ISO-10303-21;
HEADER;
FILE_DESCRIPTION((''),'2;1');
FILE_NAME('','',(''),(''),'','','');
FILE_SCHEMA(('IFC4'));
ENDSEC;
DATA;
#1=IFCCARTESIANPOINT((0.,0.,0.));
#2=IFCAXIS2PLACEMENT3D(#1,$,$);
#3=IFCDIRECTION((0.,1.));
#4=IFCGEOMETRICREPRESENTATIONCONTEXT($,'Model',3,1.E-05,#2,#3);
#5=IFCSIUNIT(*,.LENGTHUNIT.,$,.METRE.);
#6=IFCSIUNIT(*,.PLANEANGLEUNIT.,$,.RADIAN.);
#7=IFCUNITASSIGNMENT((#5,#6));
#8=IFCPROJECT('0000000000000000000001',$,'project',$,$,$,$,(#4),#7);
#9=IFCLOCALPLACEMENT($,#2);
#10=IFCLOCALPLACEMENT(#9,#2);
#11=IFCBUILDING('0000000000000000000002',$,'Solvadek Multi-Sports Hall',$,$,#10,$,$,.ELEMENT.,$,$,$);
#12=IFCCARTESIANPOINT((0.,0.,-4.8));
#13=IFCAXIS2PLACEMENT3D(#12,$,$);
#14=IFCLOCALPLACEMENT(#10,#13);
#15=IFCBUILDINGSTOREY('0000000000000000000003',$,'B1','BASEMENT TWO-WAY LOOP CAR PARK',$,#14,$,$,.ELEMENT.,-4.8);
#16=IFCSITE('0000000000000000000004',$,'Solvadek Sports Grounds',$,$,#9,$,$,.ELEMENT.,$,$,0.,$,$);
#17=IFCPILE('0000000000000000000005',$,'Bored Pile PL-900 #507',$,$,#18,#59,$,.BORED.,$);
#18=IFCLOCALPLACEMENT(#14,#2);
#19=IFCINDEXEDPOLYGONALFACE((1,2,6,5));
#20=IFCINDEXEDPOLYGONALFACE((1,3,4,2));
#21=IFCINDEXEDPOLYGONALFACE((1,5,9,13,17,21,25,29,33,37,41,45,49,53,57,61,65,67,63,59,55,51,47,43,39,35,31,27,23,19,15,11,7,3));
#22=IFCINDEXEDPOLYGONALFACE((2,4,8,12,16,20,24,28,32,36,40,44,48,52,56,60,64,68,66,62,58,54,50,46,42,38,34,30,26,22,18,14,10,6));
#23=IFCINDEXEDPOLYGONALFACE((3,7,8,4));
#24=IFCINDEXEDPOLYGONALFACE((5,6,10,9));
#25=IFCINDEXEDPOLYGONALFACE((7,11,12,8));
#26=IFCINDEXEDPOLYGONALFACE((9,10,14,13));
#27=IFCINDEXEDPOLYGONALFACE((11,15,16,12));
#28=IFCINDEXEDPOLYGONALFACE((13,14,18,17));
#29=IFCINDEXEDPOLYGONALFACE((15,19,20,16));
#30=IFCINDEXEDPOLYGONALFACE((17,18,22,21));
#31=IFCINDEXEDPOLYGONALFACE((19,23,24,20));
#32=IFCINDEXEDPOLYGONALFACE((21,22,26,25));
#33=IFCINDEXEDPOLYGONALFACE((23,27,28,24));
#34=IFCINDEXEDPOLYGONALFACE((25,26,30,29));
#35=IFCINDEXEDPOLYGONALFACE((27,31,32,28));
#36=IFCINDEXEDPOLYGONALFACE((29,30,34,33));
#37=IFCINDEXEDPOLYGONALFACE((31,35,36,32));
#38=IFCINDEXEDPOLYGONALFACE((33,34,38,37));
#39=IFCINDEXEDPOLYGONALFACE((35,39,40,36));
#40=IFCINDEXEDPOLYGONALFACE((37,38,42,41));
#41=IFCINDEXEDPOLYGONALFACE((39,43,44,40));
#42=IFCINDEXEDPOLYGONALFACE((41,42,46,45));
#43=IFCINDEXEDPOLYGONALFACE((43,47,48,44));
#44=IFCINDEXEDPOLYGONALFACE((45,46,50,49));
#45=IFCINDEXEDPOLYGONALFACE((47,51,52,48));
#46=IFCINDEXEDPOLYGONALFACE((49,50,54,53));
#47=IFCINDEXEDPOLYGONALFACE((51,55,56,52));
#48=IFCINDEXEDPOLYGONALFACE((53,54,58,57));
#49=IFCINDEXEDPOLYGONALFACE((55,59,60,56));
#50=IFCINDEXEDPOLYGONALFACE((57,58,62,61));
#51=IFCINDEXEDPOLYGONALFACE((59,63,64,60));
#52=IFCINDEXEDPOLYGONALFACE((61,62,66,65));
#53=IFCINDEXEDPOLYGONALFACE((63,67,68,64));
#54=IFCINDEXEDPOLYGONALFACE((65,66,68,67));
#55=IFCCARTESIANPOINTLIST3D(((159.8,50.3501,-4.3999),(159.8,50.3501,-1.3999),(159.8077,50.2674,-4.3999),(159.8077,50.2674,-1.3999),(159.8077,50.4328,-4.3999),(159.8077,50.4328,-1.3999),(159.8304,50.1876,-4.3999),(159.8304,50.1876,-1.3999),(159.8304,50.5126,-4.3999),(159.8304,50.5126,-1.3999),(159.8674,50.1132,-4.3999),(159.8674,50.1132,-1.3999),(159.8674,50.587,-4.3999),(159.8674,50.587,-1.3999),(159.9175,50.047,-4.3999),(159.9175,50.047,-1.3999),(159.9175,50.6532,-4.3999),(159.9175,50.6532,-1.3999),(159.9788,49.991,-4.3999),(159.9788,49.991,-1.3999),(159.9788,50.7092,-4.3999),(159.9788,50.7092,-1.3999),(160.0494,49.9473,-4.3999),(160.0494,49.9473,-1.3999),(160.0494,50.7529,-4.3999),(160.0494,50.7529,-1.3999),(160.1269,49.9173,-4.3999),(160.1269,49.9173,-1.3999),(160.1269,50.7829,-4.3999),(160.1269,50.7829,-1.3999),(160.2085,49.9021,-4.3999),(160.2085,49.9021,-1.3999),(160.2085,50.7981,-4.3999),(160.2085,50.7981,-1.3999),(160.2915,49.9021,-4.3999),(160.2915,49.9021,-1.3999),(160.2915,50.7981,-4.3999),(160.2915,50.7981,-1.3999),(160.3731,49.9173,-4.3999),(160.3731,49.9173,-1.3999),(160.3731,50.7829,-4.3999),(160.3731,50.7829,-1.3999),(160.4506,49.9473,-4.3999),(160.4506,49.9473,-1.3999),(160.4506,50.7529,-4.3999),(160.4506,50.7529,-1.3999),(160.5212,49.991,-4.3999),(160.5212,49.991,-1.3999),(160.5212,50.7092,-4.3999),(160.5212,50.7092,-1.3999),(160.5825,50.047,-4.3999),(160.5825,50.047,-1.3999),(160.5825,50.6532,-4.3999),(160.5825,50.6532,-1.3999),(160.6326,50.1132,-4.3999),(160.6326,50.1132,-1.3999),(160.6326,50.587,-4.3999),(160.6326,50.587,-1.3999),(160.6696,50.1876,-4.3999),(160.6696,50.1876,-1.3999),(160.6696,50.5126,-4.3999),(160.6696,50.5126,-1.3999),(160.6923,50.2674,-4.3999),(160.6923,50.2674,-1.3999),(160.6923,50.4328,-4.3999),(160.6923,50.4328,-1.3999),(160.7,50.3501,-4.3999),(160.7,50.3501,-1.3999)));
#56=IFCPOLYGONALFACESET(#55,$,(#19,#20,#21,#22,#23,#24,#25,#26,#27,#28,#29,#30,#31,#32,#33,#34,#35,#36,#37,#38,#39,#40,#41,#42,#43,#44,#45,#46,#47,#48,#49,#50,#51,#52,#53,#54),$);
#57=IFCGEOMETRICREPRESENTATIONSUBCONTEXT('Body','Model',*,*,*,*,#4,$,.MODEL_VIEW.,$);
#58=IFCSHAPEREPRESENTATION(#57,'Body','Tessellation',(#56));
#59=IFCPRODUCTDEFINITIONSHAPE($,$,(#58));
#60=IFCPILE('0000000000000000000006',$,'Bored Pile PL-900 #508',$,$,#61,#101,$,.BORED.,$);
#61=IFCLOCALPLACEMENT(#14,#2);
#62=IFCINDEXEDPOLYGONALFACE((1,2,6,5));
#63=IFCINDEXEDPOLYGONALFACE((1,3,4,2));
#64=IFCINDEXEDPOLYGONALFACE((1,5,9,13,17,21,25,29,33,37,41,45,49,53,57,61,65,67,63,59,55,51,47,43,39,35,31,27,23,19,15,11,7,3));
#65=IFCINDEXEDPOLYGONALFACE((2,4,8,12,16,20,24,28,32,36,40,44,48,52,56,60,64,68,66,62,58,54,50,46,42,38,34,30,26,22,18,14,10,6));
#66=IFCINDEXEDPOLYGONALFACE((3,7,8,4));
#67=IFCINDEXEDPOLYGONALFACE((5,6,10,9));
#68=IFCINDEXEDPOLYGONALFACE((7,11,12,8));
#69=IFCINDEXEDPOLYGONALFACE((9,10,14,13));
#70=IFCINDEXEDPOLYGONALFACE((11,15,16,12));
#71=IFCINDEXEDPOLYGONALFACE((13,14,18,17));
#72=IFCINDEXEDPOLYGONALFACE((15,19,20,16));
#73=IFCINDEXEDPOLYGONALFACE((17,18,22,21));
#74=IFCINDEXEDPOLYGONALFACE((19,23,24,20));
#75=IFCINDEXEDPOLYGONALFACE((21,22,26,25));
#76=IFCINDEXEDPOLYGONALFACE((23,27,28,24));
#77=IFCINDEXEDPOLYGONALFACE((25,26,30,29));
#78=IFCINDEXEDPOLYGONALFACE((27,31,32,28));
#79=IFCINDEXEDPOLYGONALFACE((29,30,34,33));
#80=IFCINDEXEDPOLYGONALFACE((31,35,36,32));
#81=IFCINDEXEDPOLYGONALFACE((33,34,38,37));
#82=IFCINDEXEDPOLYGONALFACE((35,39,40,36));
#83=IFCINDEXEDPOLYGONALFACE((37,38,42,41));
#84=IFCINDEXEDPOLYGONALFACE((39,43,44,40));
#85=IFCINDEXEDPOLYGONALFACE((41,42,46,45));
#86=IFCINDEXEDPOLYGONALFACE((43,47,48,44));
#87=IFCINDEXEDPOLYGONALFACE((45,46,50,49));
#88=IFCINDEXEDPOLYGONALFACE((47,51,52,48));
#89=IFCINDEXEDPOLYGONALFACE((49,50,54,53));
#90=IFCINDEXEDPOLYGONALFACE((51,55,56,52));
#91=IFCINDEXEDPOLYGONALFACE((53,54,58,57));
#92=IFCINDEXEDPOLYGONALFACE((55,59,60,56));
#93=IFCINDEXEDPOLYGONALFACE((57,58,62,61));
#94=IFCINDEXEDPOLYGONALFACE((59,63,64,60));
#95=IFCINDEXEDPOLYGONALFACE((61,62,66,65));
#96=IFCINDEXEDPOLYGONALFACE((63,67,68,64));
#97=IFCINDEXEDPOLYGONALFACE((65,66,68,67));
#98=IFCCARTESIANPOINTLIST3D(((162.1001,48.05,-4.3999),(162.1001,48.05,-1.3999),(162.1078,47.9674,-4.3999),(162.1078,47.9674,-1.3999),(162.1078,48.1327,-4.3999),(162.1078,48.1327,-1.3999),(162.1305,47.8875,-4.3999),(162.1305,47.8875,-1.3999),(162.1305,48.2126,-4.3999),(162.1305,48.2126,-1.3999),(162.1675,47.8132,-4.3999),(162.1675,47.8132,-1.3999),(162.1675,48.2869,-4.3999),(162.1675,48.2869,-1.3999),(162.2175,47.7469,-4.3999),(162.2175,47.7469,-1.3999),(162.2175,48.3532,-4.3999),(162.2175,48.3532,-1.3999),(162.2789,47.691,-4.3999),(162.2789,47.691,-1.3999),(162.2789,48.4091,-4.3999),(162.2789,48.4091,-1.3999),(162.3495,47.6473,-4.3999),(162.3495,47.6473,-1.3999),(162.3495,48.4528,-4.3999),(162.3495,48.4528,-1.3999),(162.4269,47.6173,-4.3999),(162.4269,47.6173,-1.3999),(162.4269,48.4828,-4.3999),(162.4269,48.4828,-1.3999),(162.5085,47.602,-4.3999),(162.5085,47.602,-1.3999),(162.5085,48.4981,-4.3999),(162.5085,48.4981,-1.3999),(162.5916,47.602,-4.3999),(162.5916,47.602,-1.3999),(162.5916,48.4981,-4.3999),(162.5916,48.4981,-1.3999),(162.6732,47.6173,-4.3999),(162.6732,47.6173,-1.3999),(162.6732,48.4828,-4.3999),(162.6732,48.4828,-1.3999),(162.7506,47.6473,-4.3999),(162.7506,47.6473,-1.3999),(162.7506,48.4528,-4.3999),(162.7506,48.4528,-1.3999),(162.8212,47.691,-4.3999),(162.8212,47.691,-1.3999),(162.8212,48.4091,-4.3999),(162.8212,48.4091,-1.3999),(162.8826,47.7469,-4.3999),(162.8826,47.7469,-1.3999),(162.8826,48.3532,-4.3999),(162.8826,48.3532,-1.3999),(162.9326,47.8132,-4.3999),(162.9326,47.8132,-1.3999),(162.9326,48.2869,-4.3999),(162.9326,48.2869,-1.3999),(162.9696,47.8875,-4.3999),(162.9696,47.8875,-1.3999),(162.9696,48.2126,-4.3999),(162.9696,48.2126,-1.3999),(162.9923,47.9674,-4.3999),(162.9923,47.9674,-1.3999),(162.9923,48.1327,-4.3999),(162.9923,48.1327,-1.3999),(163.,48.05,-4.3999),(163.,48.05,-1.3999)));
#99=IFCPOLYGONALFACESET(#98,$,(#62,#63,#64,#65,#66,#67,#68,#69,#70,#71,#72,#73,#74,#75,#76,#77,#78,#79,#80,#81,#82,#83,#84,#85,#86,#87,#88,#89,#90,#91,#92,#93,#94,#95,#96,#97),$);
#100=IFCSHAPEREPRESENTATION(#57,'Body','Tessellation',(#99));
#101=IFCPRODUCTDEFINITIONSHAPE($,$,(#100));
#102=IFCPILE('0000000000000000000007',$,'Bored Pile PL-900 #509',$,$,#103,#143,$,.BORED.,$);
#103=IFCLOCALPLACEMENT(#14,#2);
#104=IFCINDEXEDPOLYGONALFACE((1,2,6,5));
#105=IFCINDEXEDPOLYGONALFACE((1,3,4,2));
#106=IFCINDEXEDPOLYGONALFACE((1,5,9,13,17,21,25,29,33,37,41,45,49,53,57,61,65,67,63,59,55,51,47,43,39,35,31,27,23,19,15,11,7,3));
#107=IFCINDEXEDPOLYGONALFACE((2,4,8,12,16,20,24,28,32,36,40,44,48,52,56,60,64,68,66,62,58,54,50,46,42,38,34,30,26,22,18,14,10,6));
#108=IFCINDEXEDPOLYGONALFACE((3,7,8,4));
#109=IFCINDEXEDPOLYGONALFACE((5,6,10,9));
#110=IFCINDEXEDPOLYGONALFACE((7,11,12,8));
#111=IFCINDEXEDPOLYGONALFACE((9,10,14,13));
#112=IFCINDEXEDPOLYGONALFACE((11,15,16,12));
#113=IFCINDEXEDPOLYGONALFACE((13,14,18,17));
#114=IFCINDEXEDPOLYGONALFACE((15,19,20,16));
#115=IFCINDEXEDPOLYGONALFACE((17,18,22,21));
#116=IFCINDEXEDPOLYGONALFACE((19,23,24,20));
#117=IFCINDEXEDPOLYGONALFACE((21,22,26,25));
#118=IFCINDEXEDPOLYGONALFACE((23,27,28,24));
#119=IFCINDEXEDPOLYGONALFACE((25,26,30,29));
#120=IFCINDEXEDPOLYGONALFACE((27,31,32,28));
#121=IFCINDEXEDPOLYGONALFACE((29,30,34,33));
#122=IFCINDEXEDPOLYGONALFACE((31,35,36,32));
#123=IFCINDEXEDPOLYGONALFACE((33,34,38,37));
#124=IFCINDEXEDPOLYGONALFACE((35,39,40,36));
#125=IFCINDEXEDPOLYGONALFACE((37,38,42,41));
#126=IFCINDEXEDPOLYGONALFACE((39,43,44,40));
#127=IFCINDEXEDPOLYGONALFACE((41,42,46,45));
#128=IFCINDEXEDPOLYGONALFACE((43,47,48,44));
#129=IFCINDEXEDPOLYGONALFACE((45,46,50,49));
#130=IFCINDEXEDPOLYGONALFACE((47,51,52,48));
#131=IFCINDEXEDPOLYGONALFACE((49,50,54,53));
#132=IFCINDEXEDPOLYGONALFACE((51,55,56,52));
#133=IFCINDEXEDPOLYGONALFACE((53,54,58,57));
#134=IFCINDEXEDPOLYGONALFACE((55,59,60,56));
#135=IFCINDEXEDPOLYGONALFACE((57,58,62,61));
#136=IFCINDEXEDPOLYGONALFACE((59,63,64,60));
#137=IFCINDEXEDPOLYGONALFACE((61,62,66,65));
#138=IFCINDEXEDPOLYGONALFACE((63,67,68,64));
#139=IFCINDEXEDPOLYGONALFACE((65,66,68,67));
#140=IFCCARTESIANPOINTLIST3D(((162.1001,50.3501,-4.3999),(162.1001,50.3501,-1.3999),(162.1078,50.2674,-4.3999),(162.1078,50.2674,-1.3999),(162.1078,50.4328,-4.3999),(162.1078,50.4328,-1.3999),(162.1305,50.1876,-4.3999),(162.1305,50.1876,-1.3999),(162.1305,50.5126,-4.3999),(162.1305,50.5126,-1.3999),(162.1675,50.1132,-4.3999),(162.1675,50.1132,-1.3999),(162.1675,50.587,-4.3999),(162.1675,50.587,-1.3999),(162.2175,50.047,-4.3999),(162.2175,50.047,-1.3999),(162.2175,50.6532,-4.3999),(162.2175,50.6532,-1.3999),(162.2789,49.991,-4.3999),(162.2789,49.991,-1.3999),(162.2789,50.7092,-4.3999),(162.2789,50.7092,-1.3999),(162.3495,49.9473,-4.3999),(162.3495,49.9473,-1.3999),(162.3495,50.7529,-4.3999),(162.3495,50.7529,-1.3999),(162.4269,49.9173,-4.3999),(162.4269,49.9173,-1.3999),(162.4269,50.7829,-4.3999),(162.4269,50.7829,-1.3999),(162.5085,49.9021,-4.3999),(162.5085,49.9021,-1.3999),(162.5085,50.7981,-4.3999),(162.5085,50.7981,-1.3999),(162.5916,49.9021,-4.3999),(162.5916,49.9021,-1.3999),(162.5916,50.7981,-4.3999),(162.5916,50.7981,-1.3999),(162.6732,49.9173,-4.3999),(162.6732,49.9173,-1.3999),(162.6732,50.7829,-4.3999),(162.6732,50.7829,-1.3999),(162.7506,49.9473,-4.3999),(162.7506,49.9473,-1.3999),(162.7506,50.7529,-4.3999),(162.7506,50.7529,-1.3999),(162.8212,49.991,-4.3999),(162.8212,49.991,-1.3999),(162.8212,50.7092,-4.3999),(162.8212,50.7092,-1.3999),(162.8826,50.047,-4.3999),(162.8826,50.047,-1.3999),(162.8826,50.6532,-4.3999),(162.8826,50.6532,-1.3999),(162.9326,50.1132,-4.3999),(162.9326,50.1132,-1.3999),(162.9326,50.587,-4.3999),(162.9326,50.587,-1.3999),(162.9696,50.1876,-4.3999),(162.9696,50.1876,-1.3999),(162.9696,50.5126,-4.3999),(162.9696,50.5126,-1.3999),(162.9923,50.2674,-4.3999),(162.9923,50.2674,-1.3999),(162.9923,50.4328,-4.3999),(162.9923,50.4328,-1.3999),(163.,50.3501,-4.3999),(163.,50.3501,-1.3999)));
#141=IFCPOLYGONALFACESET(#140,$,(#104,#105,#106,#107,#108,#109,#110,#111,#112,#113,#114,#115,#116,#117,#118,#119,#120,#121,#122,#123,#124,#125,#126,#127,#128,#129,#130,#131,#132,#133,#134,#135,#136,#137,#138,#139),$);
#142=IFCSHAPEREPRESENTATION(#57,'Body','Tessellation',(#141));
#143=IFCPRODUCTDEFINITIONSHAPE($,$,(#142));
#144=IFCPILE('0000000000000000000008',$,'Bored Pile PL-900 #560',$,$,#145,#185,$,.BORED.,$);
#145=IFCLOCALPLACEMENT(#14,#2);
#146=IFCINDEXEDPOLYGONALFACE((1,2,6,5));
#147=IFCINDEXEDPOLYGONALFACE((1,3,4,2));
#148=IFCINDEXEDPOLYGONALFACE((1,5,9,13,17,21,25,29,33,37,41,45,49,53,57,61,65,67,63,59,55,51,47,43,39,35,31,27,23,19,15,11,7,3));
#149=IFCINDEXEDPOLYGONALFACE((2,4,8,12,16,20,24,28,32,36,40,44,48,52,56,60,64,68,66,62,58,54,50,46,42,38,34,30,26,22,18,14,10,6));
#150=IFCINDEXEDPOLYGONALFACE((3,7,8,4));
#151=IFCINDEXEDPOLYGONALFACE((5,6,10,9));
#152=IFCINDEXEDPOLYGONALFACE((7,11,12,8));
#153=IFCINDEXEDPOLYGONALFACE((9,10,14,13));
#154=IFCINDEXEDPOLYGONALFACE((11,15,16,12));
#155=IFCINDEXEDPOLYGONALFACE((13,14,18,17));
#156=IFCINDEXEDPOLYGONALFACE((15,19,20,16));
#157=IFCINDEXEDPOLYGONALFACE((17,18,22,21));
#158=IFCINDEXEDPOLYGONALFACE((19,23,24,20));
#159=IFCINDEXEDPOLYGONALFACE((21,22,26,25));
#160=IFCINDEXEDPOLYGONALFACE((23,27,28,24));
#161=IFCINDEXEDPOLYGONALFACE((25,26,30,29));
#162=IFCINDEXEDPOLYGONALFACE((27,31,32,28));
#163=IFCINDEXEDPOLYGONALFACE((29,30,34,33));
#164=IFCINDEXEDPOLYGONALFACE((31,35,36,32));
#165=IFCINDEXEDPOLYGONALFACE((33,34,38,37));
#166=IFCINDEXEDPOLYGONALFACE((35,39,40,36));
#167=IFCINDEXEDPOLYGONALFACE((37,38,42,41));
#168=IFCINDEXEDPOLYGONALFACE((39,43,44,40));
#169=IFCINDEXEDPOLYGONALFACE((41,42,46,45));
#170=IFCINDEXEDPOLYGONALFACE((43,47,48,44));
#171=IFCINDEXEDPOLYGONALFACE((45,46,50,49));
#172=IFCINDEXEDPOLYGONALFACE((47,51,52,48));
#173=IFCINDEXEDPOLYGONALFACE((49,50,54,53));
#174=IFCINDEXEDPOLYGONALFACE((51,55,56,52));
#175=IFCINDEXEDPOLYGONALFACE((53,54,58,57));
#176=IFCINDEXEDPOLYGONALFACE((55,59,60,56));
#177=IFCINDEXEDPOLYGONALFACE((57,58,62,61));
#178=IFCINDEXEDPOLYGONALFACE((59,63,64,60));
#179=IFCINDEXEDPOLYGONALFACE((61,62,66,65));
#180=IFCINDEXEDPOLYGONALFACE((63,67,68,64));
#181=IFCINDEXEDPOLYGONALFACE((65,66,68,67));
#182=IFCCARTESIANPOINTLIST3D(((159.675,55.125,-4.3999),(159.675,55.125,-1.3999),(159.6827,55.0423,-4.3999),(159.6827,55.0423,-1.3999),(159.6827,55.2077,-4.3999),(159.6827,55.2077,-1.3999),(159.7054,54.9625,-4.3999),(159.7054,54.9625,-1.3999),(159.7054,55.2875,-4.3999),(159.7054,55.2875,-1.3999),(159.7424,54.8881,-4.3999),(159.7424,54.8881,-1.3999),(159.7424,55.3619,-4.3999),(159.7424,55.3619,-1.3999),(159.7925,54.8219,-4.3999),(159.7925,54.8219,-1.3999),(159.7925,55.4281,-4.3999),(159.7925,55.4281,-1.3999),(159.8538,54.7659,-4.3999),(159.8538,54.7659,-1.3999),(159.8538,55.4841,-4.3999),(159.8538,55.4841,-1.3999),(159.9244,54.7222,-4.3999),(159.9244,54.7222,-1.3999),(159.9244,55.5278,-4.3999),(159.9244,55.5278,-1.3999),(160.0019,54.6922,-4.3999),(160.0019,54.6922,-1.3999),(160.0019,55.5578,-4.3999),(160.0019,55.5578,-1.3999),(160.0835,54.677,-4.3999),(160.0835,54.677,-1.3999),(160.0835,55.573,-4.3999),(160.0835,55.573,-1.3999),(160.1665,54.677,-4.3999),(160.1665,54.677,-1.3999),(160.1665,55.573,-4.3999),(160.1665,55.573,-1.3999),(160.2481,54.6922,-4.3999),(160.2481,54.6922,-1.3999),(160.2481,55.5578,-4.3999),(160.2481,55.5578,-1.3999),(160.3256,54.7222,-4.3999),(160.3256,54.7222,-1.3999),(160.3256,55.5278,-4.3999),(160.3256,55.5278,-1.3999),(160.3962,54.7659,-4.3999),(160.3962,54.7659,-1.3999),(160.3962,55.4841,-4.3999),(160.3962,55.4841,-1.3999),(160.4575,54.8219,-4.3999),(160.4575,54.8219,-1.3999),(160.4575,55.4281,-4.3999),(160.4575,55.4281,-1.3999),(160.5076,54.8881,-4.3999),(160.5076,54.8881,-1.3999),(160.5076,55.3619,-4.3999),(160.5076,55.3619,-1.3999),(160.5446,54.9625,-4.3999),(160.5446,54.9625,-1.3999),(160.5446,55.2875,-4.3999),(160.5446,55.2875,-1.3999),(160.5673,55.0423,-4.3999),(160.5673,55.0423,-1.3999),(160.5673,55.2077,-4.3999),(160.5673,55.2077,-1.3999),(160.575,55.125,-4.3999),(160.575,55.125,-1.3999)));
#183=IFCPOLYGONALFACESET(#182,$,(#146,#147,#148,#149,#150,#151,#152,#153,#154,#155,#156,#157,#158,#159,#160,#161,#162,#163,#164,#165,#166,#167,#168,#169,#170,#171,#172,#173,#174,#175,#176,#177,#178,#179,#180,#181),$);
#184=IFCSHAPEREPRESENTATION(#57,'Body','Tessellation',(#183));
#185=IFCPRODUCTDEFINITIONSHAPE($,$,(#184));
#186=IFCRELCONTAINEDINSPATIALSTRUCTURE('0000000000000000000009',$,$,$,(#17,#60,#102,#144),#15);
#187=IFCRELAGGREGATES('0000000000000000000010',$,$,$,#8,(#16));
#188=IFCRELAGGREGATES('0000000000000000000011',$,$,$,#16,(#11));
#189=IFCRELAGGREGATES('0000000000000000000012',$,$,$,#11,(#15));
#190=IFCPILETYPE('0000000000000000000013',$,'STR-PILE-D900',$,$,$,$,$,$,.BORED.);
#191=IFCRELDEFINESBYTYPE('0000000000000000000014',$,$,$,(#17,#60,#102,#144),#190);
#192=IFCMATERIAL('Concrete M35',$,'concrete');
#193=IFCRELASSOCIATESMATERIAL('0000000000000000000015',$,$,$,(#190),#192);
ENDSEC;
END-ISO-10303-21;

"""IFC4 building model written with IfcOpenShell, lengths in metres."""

from ifc_helpers import new_model, si_unit, direction, frame, origin, origin_2d, place, context, subcontext, project, spatial, circle, extrude, material, material_profile, profile_set, type_object, element, save


model = new_model("IFC4")

# Units and contexts
model_context = context("Model", 3, precision=1e-05, world=origin(), true_north=direction((0.0, 1.0)))
body_context = subcontext(model_context, "Body", "Model", "MODEL_VIEW")
ifc_project = project(units=[si_unit("LENGTHUNIT", "METRE"), si_unit("PLANEANGLEUNIT", "RADIAN")], contexts=[model_context])

# Site, building, storey
site_placement = place(None, origin())
site = spatial("IfcSite", under=ifc_project, at=site_placement, Name="Solvadek Sports Grounds", CompositionType="ELEMENT", RefElevation=0.0)
building_placement = place(site_placement, origin())
building = spatial("IfcBuilding", under=site, at=building_placement, Name="Solvadek Multi-Sports Hall", CompositionType="ELEMENT")
storey_placement = place(building_placement, frame((0.0, 0.0, -4.8)))
storey = spatial("IfcBuildingStorey", under=building, at=storey_placement, Name="B1", Description="BASEMENT TWO-WAY LOOP CAR PARK", CompositionType="ELEMENT", Elevation=-4.8)

# Piles
ifc_material_1 = material(Name="Concrete M35", Category="concrete")
ifc_material_profile_1 = material_profile(ifc_material_1, circle(Radius=0.45, at=origin_2d()), Name="BORED PILE D900")
ifc_profile_set_1 = profile_set([ifc_material_profile_1], Name="Concrete M35")
pile_type_1 = type_object("IfcPileType", Name="STR-PILE-D900", PredefinedType="BORED", material=ifc_profile_set_1)
for number, where, z_axis, x_axis, name in (
    (1, (160.25, 50.3501, -1.3999), (0.0, 0.0, -1.0), (1.0, 0.0, 0.0), "Bored Pile PL-900 #507"),
    (2, (162.55, 48.05, -1.3999), (0.0, 0.0, -1.0), (1.0, 0.0, 0.0), "Bored Pile PL-900 #508"),
    (3, (162.55, 50.3501, -1.3999), (0.0, 0.0, -1.0), (1.0, 0.0, 0.0), "Bored Pile PL-900 #509"),
    (4, (160.125, 55.125, -1.3999), (0.0, 0.0, -1.0), (1.0, 0.0, 0.0), "Bored Pile PL-900 #560"),
):
    element("IfcPile", number, at=place(storey_placement, frame(where, z_axis=z_axis, x_axis=x_axis)), inside=storey, type_object=pile_type_1, Name=name, PredefinedType="BORED", context=body_context, shape_type="SweptSolid", body=[
        extrude(circle(Radius=0.45, at=origin_2d()), origin(), (0.0, 0.0, 1.0), 3.0),
    ])

save(model, "model.ifc")
